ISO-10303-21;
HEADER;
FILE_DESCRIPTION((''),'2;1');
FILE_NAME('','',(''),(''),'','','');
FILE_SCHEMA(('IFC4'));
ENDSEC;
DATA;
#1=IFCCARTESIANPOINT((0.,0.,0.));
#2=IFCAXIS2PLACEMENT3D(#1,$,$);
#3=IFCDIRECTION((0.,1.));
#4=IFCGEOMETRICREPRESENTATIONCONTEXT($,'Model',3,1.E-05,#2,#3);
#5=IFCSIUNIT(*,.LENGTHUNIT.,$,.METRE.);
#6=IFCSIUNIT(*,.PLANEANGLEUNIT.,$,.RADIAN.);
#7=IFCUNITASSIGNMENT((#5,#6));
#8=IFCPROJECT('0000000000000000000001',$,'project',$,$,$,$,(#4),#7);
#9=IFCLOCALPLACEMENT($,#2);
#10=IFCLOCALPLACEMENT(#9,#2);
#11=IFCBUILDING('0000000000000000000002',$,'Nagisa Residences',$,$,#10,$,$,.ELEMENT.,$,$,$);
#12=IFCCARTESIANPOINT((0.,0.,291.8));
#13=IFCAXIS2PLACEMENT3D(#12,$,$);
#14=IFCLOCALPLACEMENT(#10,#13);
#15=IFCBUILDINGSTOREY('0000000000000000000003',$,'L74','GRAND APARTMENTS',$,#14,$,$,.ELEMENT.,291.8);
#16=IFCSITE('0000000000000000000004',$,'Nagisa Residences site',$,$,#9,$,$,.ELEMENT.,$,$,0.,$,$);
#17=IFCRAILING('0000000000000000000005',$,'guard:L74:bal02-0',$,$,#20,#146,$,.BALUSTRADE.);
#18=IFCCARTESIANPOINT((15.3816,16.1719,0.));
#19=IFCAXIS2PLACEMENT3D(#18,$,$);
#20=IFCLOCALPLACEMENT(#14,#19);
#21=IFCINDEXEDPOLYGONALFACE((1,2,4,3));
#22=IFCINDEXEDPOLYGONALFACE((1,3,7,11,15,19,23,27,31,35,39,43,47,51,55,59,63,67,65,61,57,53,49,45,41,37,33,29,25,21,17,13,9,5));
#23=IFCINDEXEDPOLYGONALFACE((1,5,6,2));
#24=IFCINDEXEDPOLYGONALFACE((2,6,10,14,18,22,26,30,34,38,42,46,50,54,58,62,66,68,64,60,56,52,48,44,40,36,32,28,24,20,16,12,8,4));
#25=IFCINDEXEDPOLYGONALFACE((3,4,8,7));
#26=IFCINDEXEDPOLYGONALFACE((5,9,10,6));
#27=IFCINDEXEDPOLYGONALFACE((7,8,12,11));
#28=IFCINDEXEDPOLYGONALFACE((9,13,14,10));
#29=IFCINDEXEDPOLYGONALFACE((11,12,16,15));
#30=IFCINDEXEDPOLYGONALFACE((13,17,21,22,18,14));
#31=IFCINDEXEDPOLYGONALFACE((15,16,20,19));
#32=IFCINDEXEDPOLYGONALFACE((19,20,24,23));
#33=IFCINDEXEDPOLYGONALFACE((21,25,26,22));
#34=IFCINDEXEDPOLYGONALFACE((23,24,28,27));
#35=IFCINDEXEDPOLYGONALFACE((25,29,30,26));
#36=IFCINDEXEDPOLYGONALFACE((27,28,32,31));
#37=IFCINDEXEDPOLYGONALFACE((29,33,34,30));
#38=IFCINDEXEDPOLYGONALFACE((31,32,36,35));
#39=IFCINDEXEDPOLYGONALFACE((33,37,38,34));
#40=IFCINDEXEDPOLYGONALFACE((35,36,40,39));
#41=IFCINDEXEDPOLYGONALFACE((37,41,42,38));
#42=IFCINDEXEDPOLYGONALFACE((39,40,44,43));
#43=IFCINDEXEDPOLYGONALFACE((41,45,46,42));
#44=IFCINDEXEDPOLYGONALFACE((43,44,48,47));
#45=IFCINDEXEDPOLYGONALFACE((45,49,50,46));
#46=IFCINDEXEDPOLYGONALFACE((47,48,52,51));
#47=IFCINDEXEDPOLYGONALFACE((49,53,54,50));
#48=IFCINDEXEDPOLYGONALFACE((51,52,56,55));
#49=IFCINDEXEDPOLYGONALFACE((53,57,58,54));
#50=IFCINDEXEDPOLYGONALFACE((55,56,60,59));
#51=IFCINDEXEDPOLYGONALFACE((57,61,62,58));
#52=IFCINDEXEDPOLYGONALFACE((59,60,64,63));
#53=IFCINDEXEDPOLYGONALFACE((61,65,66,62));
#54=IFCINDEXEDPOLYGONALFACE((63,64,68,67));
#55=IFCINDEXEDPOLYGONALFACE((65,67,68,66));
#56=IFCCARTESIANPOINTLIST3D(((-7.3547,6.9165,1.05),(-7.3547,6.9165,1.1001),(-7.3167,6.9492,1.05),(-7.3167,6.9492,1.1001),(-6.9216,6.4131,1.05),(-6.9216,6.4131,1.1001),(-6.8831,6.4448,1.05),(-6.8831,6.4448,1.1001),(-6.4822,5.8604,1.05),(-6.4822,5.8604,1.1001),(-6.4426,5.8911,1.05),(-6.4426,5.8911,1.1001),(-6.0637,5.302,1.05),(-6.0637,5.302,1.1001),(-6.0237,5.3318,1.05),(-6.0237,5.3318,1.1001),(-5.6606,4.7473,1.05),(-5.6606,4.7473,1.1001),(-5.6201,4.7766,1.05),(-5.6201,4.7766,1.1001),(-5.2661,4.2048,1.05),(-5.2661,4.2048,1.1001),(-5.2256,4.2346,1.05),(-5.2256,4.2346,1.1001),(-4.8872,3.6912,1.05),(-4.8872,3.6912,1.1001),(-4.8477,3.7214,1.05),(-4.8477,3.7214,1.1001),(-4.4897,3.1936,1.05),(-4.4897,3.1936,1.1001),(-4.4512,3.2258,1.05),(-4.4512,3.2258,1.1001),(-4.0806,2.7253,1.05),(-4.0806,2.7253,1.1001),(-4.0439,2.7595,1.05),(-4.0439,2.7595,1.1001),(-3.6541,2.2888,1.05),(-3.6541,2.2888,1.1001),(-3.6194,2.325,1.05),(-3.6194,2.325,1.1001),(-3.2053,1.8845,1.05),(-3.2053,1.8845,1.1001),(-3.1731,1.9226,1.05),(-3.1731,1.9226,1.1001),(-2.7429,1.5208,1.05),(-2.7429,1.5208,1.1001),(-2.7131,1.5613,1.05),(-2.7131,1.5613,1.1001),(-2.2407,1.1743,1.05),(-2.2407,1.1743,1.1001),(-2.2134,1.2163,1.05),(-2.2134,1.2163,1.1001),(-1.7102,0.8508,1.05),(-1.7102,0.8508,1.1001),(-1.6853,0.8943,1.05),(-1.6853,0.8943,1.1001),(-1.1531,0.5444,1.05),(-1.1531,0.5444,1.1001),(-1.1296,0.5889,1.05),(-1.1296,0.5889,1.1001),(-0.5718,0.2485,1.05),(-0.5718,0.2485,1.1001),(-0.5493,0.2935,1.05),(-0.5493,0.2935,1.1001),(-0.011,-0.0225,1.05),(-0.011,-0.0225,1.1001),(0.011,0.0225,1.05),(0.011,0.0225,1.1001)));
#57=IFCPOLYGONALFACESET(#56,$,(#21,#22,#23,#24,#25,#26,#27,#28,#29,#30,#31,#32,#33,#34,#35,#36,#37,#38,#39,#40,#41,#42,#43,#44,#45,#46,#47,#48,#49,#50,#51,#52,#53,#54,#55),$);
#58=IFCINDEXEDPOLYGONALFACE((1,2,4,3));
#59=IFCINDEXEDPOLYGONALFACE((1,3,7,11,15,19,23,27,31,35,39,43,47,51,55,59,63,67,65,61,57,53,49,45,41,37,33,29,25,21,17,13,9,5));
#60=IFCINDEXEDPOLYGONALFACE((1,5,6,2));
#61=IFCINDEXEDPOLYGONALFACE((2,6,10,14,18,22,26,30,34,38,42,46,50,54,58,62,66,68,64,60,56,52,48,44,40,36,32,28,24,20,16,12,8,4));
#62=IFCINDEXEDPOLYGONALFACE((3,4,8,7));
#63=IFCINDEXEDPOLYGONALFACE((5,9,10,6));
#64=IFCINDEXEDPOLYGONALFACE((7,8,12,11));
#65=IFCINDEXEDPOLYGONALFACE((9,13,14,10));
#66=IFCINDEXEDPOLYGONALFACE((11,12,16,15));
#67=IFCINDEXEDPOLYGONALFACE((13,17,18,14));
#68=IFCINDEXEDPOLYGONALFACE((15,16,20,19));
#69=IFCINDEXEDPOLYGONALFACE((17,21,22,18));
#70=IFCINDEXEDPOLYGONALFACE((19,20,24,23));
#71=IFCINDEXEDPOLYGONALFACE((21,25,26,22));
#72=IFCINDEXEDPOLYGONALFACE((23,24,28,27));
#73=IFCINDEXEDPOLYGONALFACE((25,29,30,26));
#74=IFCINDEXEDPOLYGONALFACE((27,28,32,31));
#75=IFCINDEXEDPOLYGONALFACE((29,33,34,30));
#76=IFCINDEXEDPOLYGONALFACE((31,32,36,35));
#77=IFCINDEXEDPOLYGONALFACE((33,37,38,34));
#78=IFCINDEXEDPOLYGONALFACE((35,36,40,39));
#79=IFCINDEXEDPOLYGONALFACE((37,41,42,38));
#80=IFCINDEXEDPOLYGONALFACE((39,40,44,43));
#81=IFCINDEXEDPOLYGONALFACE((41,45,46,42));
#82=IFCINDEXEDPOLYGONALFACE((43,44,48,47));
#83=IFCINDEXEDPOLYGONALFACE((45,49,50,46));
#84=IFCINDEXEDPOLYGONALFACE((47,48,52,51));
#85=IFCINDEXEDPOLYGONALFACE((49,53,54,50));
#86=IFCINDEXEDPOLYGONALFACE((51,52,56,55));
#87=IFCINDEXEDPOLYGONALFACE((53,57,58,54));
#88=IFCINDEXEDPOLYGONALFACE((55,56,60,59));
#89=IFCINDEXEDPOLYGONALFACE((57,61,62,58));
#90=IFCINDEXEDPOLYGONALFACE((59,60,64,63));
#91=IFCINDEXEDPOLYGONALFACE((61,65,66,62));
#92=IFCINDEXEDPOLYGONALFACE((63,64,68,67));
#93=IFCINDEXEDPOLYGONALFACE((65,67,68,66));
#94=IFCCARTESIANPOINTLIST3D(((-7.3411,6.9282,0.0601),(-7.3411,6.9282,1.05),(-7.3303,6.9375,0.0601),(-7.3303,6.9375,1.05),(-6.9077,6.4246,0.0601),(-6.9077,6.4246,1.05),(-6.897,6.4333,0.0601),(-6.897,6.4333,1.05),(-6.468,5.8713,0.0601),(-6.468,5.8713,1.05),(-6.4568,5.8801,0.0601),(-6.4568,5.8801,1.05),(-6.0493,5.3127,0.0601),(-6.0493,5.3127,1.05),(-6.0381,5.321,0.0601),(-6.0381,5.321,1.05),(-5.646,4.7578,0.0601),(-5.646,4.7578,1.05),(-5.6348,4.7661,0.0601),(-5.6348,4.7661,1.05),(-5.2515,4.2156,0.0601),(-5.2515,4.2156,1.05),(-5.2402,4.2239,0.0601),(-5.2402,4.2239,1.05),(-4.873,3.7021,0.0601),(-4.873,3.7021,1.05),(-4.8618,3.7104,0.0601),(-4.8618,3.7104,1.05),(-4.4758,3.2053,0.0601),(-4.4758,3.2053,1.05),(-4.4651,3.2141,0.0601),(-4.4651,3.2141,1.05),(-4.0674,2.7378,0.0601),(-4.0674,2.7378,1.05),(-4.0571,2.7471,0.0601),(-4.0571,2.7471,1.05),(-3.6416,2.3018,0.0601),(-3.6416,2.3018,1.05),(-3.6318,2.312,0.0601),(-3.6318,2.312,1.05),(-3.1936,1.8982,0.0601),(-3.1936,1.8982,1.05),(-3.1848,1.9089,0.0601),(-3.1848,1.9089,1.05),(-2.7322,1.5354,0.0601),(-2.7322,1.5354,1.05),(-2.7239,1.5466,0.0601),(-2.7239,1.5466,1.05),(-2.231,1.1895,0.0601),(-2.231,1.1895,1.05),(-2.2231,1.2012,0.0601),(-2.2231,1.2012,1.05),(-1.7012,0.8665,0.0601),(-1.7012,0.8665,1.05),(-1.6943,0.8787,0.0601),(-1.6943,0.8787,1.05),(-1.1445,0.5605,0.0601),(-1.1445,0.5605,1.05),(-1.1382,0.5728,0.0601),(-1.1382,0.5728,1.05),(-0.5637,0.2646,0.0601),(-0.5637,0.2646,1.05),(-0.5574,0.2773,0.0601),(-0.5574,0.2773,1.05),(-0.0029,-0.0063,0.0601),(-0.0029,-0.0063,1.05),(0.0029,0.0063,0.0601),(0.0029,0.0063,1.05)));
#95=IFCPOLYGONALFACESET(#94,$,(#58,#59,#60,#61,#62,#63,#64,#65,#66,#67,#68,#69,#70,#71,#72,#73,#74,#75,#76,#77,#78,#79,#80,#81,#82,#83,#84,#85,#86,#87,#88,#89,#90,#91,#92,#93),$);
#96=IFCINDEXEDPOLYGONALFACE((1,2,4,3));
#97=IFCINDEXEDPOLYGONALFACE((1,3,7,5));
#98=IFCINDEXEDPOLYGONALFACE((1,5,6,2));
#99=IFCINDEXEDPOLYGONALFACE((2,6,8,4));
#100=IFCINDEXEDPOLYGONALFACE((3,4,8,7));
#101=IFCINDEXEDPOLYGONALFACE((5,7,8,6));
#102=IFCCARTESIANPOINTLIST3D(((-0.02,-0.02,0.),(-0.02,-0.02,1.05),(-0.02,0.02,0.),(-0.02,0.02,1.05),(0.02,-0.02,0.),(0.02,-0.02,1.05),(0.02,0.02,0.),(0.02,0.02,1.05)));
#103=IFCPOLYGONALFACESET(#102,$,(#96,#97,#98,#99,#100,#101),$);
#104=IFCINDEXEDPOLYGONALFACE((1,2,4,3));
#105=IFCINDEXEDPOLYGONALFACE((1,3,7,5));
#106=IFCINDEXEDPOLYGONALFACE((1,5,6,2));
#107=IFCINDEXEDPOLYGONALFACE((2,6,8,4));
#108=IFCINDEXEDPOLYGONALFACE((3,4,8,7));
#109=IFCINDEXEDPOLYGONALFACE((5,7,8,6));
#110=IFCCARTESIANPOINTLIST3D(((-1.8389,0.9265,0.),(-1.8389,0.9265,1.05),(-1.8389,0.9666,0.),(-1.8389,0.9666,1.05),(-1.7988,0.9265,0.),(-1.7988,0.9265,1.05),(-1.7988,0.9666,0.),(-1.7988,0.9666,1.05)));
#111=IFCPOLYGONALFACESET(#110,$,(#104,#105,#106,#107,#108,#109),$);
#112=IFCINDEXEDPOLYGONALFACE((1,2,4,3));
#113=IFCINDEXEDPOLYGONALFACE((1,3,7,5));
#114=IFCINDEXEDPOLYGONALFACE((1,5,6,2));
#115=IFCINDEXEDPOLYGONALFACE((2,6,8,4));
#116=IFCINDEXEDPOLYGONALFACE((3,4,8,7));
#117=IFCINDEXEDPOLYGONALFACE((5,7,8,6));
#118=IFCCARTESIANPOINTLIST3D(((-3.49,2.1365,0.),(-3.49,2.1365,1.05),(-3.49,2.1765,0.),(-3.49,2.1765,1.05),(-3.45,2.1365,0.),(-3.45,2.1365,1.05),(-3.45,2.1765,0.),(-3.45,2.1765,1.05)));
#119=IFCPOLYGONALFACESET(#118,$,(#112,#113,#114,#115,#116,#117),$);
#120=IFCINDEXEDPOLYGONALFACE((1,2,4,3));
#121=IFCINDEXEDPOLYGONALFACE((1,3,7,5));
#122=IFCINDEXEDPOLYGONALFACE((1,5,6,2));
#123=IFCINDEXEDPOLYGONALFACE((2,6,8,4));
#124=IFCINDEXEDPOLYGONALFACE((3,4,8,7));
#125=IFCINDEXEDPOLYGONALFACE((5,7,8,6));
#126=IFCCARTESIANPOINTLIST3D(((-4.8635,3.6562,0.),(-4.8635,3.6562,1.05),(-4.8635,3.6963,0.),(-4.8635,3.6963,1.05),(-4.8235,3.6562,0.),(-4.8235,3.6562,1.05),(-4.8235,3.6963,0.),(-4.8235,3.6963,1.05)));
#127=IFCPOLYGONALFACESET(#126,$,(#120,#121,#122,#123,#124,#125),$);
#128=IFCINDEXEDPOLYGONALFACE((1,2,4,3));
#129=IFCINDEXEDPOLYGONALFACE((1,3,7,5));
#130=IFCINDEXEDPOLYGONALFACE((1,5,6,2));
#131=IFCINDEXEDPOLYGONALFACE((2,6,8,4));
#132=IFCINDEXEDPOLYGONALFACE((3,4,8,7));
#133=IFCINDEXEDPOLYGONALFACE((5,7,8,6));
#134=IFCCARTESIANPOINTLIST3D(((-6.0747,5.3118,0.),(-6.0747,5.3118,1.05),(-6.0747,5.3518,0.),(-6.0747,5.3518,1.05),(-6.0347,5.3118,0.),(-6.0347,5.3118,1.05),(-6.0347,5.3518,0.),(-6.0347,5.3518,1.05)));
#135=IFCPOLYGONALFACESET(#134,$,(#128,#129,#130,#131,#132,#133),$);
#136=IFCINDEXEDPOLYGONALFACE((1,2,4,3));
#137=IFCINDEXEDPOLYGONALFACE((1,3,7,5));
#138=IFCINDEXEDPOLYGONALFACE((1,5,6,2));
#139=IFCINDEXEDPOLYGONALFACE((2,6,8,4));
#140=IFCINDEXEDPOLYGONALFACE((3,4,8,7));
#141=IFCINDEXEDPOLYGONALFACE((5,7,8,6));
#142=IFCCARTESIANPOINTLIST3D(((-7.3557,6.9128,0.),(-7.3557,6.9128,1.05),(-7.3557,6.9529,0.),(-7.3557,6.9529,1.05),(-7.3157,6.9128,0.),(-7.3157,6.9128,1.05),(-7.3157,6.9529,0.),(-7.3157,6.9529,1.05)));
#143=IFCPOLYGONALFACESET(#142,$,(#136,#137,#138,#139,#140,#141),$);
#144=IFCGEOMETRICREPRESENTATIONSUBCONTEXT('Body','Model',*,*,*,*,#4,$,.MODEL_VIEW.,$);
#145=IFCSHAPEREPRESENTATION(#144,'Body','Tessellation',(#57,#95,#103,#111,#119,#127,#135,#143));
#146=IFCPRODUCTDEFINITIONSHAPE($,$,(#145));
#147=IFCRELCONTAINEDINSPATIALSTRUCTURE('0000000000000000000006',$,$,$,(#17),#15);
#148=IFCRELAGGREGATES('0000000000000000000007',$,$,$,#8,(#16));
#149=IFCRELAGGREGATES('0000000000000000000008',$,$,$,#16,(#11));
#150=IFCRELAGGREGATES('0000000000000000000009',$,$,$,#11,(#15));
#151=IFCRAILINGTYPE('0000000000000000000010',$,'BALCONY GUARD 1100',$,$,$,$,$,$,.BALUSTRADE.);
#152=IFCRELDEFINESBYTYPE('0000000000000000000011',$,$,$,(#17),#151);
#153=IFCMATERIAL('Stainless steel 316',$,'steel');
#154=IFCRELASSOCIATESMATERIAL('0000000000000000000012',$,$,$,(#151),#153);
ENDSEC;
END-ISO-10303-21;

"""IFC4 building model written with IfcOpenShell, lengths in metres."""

from ifc_helpers import new_model, si_unit, direction, frame, origin, origin_2d, place, context, subcontext, project, spatial, polyline, rectangle, outline, extrude, material, type_object, element, save


model = new_model("IFC4")

# Units and contexts
model_context = context("Model", 3, precision=1e-05, world=origin(), true_north=direction((0.0, 1.0)))
body_context = subcontext(model_context, "Body", "Model", "MODEL_VIEW")
ifc_project = project(units=[si_unit("LENGTHUNIT", "METRE"), si_unit("PLANEANGLEUNIT", "RADIAN")], contexts=[model_context])

# Site, building, storey
site_placement = place(None, origin())
site = spatial("IfcSite", under=ifc_project, at=site_placement, Name="Nagisa Residences site", CompositionType="ELEMENT", RefElevation=0.0)
building_placement = place(site_placement, origin())
building = spatial("IfcBuilding", under=site, at=building_placement, Name="Nagisa Residences", CompositionType="ELEMENT")
storey_placement = place(building_placement, frame((0.0, 0.0, 291.8)))
storey = spatial("IfcBuildingStorey", under=building, at=storey_placement, Name="L74", Description="GRAND APARTMENTS", CompositionType="ELEMENT", Elevation=291.8)

# Railing
ifc_material_1 = material(Name="Stainless steel 316", Category="steel")
railing_type = type_object("IfcRailingType", Name="BALCONY GUARD 1100", PredefinedType="BALUSTRADE", material=ifc_material_1)
railing_placement = place(storey_placement, frame((15.3816, 16.1719, 0.0)))
element("IfcRailing", 1, at=railing_placement, inside=storey, type_object=railing_type, Name="guard:L74:bal02-0", PredefinedType="BALUSTRADE", context=body_context, shape_type="SweptSolid", body=[
    extrude(outline(polyline([(-0.5718, 0.2485), (-0.011, -0.0225), (0.011, 0.0225), (-0.5493, 0.2935), (-1.1296, 0.5889), (-1.6853, 0.8943), (-2.2134, 1.2163), (-2.7131, 1.5613), (-3.1731, 1.9226), (-3.6194, 2.325), (-4.0439, 2.7595), (-4.4512, 3.2258), (-4.8477, 3.7214), (-5.2256, 4.2346), (-5.6201, 4.7766), (-6.0237, 5.3318), (-6.4426, 5.8911), (-6.8831, 6.4448), (-7.3167, 6.9492), (-7.3547, 6.9165), (-6.9216, 6.4131), (-6.4822, 5.8604), (-6.0637, 5.302), (-5.6606, 4.7473), (-5.2661, 4.2048), (-4.8872, 3.6912), (-4.4897, 3.1936), (-4.0806, 2.7253), (-3.6541, 2.2888), (-3.2053, 1.8845), (-2.7429, 1.5208), (-2.2407, 1.1743), (-1.7102, 0.8508), (-1.1531, 0.5444), (-0.5718, 0.2485)])), frame((0.0, 0.0, 1.05)), (0.0, 0.0, 1.0), 0.05),
    extrude(outline(polyline([(-0.5637, 0.2646), (-0.0029, -0.0063), (0.0029, 0.0063), (-0.5574, 0.2773), (-1.1382, 0.5728), (-1.6943, 0.8787), (-2.2231, 1.2012), (-2.7239, 1.5466), (-3.1848, 1.9089), (-3.6318, 2.312), (-4.0571, 2.7471), (-4.4651, 3.2141), (-4.8618, 3.7104), (-5.2402, 4.2239), (-5.6348, 4.7661), (-6.0381, 5.321), (-6.4568, 5.8801), (-6.897, 6.4333), (-7.3303, 6.9375), (-7.3411, 6.9282), (-6.9077, 6.4246), (-6.468, 5.8713), (-6.0493, 5.3127), (-5.646, 4.7578), (-5.2515, 4.2156), (-4.873, 3.7021), (-4.4758, 3.2053), (-4.0674, 2.7378), (-3.6416, 2.3018), (-3.1936, 1.8982), (-2.7322, 1.5354), (-2.231, 1.1895), (-1.7012, 0.8665), (-1.1445, 0.5605), (-0.5637, 0.2646)])), frame((0.0, 0.0, 0.0601)), (0.0, 0.0, 1.0), 0.99),
    extrude(rectangle(XDim=0.04, YDim=0.04, at=origin_2d()), origin(), (0.0, 0.0, 1.0), 1.05),
    extrude(rectangle(XDim=0.04, YDim=0.04, at=origin_2d()), frame((-1.8188, 0.9465, 0.0)), (0.0, 0.0, 1.0), 1.05),
    extrude(rectangle(XDim=0.04, YDim=0.04, at=origin_2d()), frame((-3.47, 2.1565, 0.0)), (0.0, 0.0, 1.0), 1.05),
    extrude(rectangle(XDim=0.04, YDim=0.04, at=origin_2d()), frame((-4.8435, 3.6763, 0.0)), (0.0, 0.0, 1.0), 1.05),
    extrude(rectangle(XDim=0.04, YDim=0.04, at=origin_2d()), frame((-6.0547, 5.3318, 0.0)), (0.0, 0.0, 1.0), 1.05),
    extrude(rectangle(XDim=0.04, YDim=0.04, at=origin_2d()), frame((-7.3357, 6.9329, 0.0)), (0.0, 0.0, 1.0), 1.05),
])

save(model, "model.ifc")
